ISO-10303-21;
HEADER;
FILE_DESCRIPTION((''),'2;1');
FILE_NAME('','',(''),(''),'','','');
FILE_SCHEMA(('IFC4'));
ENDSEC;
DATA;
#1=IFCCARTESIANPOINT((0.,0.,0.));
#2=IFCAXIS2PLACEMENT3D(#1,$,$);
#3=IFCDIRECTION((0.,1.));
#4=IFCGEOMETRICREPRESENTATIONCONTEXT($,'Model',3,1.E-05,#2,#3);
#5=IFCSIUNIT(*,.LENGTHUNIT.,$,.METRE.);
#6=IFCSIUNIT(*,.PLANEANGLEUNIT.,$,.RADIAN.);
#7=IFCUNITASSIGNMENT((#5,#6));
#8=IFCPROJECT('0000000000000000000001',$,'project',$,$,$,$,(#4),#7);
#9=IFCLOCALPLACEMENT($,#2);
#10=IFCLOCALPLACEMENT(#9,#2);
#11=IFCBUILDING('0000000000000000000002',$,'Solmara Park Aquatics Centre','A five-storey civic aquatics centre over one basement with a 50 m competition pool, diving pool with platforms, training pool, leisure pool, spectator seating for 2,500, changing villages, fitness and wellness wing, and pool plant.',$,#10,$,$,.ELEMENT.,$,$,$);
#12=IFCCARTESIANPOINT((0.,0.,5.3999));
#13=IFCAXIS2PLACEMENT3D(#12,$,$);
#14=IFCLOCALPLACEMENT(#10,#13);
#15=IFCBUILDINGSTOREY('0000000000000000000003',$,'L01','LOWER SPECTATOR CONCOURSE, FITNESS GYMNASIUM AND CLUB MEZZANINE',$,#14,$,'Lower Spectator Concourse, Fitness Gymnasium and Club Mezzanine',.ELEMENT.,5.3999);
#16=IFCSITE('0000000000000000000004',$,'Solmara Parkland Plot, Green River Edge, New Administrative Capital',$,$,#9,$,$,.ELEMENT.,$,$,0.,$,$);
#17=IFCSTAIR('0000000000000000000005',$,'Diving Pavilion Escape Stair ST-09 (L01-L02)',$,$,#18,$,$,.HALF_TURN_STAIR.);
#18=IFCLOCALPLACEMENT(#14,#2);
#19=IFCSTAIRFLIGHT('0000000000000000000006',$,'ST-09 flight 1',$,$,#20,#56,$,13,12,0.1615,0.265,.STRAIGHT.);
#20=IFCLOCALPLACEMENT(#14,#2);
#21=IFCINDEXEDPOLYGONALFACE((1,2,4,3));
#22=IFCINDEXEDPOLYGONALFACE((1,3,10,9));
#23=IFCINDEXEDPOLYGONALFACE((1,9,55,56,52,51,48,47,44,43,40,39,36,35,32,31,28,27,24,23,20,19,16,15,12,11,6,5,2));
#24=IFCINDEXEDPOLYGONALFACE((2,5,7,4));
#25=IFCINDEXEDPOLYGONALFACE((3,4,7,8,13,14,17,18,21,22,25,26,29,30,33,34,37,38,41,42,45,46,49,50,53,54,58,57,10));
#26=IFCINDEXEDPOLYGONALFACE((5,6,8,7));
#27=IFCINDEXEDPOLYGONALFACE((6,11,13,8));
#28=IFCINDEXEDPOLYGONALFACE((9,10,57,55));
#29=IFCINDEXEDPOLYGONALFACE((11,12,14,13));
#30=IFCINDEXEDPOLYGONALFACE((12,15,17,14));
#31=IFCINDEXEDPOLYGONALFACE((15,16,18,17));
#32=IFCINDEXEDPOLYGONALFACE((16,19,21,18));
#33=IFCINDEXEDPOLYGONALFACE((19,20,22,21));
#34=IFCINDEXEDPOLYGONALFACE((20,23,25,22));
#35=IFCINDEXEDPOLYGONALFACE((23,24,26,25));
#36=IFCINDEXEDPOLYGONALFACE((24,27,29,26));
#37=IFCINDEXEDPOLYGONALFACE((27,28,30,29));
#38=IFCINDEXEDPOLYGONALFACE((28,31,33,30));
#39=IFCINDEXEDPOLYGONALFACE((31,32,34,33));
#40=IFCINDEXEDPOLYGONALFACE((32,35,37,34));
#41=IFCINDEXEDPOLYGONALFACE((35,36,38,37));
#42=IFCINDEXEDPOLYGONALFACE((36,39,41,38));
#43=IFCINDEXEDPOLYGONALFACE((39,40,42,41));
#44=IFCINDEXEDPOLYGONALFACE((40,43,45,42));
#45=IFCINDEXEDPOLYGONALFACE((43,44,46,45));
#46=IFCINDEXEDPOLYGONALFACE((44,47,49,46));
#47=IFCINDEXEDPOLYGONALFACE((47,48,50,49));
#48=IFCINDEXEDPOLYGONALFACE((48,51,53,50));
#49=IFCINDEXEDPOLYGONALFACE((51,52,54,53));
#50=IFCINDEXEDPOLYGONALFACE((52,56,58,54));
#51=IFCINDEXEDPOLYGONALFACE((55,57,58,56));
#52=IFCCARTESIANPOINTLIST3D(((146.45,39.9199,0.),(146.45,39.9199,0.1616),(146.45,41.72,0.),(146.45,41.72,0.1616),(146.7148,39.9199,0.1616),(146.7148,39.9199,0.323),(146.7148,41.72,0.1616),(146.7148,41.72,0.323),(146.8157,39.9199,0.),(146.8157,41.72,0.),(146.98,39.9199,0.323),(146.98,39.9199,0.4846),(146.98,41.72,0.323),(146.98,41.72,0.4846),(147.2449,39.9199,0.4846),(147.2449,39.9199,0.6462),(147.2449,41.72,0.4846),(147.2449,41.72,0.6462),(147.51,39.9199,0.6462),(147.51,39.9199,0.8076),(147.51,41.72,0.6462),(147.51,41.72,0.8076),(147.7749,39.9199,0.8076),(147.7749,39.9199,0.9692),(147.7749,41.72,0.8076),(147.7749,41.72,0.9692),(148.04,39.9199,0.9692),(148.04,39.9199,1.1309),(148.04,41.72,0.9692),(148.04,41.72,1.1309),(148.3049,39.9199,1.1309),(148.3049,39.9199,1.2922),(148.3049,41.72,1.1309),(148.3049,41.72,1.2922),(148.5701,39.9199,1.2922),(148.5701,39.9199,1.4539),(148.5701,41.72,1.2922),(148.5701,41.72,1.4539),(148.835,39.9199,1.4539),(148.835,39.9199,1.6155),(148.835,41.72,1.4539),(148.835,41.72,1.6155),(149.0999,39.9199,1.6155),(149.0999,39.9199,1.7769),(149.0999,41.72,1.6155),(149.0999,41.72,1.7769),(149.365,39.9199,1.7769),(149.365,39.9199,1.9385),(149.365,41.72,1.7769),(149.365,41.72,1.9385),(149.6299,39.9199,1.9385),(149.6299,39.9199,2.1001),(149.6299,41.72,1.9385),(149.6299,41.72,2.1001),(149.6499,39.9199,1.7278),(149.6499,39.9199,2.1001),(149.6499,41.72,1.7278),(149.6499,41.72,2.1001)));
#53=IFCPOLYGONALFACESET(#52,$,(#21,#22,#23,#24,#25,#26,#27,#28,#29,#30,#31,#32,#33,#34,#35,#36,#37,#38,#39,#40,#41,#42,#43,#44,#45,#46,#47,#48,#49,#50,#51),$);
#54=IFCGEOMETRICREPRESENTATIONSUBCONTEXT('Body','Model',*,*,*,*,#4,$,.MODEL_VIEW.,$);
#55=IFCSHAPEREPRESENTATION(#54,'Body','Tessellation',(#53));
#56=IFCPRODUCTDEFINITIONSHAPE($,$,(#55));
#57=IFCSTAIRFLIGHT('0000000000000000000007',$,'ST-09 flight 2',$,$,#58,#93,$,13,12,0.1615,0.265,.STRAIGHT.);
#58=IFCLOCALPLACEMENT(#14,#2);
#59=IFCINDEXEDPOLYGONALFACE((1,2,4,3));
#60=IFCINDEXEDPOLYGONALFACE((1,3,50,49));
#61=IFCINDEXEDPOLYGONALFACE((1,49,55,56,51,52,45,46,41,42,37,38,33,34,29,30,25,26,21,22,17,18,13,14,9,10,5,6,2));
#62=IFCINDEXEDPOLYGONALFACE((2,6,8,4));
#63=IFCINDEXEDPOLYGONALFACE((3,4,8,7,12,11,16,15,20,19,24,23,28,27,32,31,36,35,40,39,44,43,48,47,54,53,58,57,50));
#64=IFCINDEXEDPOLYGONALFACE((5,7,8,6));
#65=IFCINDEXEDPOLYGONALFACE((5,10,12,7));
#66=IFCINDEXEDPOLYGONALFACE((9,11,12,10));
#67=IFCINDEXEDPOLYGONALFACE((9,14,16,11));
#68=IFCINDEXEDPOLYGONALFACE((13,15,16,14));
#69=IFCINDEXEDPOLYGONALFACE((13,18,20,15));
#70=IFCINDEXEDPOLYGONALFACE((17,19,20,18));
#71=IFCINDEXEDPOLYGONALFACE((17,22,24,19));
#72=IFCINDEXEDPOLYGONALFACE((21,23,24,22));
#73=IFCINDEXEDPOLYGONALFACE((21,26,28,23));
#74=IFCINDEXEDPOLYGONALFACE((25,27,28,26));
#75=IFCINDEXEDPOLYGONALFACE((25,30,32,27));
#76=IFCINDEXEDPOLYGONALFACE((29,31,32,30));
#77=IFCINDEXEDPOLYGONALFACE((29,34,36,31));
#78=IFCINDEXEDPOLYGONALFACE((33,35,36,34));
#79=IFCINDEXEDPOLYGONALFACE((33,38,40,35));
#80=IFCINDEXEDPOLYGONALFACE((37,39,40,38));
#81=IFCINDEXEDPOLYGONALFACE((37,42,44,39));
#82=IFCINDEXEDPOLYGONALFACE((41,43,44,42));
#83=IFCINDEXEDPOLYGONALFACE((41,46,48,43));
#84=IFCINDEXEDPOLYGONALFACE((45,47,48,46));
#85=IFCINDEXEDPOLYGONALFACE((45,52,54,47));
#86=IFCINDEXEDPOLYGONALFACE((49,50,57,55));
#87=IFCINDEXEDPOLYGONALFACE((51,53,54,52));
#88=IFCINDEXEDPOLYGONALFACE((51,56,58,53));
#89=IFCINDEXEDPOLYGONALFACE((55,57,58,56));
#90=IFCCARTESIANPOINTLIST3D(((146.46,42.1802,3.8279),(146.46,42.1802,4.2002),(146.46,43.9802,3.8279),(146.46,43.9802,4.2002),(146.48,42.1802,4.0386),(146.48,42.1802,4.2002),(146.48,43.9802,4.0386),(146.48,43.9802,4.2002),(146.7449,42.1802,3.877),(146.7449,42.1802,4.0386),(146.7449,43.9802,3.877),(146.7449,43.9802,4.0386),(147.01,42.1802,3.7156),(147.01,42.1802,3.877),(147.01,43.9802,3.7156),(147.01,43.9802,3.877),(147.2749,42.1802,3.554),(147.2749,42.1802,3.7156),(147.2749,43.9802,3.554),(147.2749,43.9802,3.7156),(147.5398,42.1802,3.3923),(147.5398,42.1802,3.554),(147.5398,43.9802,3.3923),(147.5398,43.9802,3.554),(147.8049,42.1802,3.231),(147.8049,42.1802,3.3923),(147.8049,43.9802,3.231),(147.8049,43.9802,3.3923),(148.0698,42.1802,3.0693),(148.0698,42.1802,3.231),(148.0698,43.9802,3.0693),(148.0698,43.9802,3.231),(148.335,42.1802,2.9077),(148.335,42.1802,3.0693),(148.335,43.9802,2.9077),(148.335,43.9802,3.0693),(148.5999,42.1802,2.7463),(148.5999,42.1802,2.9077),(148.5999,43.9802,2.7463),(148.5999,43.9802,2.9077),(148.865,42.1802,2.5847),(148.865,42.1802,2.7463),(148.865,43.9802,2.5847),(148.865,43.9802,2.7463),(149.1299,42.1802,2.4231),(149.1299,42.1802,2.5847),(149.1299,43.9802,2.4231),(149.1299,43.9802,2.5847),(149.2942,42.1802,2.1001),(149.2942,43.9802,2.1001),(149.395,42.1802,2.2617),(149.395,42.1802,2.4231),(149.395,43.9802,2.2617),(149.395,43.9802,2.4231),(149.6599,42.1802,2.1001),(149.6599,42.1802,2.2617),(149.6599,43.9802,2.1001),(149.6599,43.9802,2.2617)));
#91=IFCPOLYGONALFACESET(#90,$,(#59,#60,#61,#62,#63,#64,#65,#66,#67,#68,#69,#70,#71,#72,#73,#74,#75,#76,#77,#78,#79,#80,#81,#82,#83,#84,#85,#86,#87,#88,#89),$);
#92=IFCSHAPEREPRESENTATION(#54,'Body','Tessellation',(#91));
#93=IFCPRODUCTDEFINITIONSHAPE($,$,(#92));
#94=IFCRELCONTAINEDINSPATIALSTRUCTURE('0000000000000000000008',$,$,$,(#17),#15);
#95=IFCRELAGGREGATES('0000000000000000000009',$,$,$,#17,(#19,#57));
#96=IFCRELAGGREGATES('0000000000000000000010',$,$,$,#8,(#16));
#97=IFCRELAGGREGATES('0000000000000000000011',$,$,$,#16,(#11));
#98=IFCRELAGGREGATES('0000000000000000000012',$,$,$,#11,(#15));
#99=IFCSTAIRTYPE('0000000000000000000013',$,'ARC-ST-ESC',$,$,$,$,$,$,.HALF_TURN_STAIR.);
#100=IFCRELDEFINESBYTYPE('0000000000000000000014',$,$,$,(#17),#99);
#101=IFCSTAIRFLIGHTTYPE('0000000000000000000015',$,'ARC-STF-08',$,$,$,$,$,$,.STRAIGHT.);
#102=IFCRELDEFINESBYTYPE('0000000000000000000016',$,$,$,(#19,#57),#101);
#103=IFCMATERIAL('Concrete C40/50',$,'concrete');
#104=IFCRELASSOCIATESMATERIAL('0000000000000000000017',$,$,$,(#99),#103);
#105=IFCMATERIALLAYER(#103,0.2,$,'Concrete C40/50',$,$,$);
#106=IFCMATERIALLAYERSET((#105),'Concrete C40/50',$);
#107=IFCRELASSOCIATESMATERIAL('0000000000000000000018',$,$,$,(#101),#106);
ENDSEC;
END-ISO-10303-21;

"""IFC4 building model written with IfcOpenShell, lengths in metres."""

from ifc_helpers import new_model, si_unit, direction, frame, origin, place, context, subcontext, project, spatial, polyline, outline, extrude, material, layer, layer_set, type_object, element, aggregate, save


model = new_model("IFC4")

# Units and contexts
model_context = context("Model", 3, precision=1e-05, world=origin(), true_north=direction((0.0, 1.0)))
body_context = subcontext(model_context, "Body", "Model", "MODEL_VIEW")
ifc_project = project(units=[si_unit("LENGTHUNIT", "METRE"), si_unit("PLANEANGLEUNIT", "RADIAN")], contexts=[model_context])

# Site, building, storey
site_placement = place(None, origin())
site = spatial("IfcSite", under=ifc_project, at=site_placement, Name="Solmara Parkland Plot, Green River Edge, New Administrative Capital", CompositionType="ELEMENT", RefElevation=0.0)
building_placement = place(site_placement, origin())
building = spatial("IfcBuilding", under=site, at=building_placement, Name="Solmara Park Aquatics Centre", Description="A five-storey civic aquatics centre over one basement with a 50 m competition pool, diving pool with platforms, training pool, leisure pool, spectator seating for 2,500, changing villages, fitness and wellness wing, and pool plant.", CompositionType="ELEMENT")
storey_placement = place(building_placement, frame((0.0, 0.0, 5.3999)))
storey = spatial("IfcBuildingStorey", under=building, at=storey_placement, Name="L01", Description="LOWER SPECTATOR CONCOURSE, FITNESS GYMNASIUM AND CLUB MEZZANINE", LongName="Lower Spectator Concourse, Fitness Gymnasium and Club Mezzanine", CompositionType="ELEMENT", Elevation=5.3999)

# Shared definitions
ifc_material_1 = material(Name="Concrete C40/50", Category="concrete")

# Stair, stair flights
stair_type = type_object("IfcStairType", Name="ARC-ST-ESC", PredefinedType="HALF_TURN_STAIR", material=ifc_material_1)
stair_placement = place(storey_placement, origin())
stair = element("IfcStair", 1, at=stair_placement, inside=storey, type_object=stair_type, Name="Diving Pavilion Escape Stair ST-09 (L01-L02)", PredefinedType="HALF_TURN_STAIR")
ifc_layer_1 = layer(ifc_material_1, 0.2, Name="Concrete C40/50")
ifc_layer_set_1 = layer_set([ifc_layer_1], Name="Concrete C40/50")
stair_flight_type = type_object("IfcStairFlightType", Name="ARC-STF-08", PredefinedType="STRAIGHT", material=ifc_layer_set_1)
stair_flight_1_placement = place(storey_placement, frame((146.45, 40.8201, 0.0), z_axis=(0.0, 0.0, 1.0), x_axis=(1.0, 0.0, 0.0)))
stair_flight_1 = element("IfcStairFlight", 2, at=stair_flight_1_placement, type_object=stair_flight_type, Name="ST-09 flight 1", NumberOfRisers=13, NumberOfTreads=12, PredefinedType="STRAIGHT", RiserHeight=0.1615, TreadLength=0.265, context=body_context, shape_type="SweptSolid", body=[
    extrude(outline(polyline([(0.0, 0.0), (0.0, 0.1616), (0.2649, 0.1616), (0.2649, 0.323), (0.53, 0.323), (0.53, 0.4846), (0.7949, 0.4846), (0.7949, 0.6462), (1.0601, 0.6462), (1.0601, 0.8076), (1.325, 0.8076), (1.325, 0.9692), (1.5901, 0.9692), (1.5901, 1.1309), (1.855, 1.1309), (1.855, 1.2922), (2.1201, 1.2922), (2.1201, 1.4539), (2.385, 1.4539), (2.385, 1.6155), (2.6499, 1.6155), (2.6499, 1.7769), (2.915, 1.7769), (2.915, 1.9385), (3.1799, 1.9385), (3.1799, 2.1001), (3.2, 2.1001), (3.2, 1.7278), (0.3657, 0.0), (0.0, 0.0)])), frame((0.0, 0.8999, 0.0), z_axis=(0.0, -1.0, 0.0), x_axis=(1.0, 0.0, 0.0)), (0.0, 0.0, 1.0), 1.8),
])
stair_flight_2_placement = place(storey_placement, frame((149.6599, 43.0801, 2.1001), z_axis=(0.0, 0.0, 1.0), x_axis=(-1.0, 0.0, 0.0)))
stair_flight_2 = element("IfcStairFlight", 3, at=stair_flight_2_placement, type_object=stair_flight_type, Name="ST-09 flight 2", NumberOfRisers=13, NumberOfTreads=12, PredefinedType="STRAIGHT", RiserHeight=0.1615, TreadLength=0.265, context=body_context, shape_type="SweptSolid", body=[
    extrude(outline(polyline([(0.0, 0.0), (0.0, 0.1616), (0.2649, 0.1616), (0.2649, 0.323), (0.53, 0.323), (0.53, 0.4846), (0.7949, 0.4846), (0.7949, 0.6462), (1.0601, 0.6462), (1.0601, 0.8076), (1.325, 0.8076), (1.325, 0.9692), (1.5901, 0.9692), (1.5901, 1.1309), (1.855, 1.1309), (1.855, 1.2922), (2.1201, 1.2922), (2.1201, 1.4539), (2.385, 1.4539), (2.385, 1.6155), (2.6499, 1.6155), (2.6499, 1.7769), (2.915, 1.7769), (2.915, 1.9385), (3.1799, 1.9385), (3.1799, 2.1001), (3.2, 2.1001), (3.2, 1.7278), (0.3657, 0.0), (0.0, 0.0)])), frame((0.0, 0.8999, 0.0), z_axis=(0.0, -1.0, 0.0), x_axis=(1.0, 0.0, 0.0)), (0.0, 0.0, 1.0), 1.8),
])
aggregate(stair, [stair_flight_1, stair_flight_2])

save(model, "model.ifc")
